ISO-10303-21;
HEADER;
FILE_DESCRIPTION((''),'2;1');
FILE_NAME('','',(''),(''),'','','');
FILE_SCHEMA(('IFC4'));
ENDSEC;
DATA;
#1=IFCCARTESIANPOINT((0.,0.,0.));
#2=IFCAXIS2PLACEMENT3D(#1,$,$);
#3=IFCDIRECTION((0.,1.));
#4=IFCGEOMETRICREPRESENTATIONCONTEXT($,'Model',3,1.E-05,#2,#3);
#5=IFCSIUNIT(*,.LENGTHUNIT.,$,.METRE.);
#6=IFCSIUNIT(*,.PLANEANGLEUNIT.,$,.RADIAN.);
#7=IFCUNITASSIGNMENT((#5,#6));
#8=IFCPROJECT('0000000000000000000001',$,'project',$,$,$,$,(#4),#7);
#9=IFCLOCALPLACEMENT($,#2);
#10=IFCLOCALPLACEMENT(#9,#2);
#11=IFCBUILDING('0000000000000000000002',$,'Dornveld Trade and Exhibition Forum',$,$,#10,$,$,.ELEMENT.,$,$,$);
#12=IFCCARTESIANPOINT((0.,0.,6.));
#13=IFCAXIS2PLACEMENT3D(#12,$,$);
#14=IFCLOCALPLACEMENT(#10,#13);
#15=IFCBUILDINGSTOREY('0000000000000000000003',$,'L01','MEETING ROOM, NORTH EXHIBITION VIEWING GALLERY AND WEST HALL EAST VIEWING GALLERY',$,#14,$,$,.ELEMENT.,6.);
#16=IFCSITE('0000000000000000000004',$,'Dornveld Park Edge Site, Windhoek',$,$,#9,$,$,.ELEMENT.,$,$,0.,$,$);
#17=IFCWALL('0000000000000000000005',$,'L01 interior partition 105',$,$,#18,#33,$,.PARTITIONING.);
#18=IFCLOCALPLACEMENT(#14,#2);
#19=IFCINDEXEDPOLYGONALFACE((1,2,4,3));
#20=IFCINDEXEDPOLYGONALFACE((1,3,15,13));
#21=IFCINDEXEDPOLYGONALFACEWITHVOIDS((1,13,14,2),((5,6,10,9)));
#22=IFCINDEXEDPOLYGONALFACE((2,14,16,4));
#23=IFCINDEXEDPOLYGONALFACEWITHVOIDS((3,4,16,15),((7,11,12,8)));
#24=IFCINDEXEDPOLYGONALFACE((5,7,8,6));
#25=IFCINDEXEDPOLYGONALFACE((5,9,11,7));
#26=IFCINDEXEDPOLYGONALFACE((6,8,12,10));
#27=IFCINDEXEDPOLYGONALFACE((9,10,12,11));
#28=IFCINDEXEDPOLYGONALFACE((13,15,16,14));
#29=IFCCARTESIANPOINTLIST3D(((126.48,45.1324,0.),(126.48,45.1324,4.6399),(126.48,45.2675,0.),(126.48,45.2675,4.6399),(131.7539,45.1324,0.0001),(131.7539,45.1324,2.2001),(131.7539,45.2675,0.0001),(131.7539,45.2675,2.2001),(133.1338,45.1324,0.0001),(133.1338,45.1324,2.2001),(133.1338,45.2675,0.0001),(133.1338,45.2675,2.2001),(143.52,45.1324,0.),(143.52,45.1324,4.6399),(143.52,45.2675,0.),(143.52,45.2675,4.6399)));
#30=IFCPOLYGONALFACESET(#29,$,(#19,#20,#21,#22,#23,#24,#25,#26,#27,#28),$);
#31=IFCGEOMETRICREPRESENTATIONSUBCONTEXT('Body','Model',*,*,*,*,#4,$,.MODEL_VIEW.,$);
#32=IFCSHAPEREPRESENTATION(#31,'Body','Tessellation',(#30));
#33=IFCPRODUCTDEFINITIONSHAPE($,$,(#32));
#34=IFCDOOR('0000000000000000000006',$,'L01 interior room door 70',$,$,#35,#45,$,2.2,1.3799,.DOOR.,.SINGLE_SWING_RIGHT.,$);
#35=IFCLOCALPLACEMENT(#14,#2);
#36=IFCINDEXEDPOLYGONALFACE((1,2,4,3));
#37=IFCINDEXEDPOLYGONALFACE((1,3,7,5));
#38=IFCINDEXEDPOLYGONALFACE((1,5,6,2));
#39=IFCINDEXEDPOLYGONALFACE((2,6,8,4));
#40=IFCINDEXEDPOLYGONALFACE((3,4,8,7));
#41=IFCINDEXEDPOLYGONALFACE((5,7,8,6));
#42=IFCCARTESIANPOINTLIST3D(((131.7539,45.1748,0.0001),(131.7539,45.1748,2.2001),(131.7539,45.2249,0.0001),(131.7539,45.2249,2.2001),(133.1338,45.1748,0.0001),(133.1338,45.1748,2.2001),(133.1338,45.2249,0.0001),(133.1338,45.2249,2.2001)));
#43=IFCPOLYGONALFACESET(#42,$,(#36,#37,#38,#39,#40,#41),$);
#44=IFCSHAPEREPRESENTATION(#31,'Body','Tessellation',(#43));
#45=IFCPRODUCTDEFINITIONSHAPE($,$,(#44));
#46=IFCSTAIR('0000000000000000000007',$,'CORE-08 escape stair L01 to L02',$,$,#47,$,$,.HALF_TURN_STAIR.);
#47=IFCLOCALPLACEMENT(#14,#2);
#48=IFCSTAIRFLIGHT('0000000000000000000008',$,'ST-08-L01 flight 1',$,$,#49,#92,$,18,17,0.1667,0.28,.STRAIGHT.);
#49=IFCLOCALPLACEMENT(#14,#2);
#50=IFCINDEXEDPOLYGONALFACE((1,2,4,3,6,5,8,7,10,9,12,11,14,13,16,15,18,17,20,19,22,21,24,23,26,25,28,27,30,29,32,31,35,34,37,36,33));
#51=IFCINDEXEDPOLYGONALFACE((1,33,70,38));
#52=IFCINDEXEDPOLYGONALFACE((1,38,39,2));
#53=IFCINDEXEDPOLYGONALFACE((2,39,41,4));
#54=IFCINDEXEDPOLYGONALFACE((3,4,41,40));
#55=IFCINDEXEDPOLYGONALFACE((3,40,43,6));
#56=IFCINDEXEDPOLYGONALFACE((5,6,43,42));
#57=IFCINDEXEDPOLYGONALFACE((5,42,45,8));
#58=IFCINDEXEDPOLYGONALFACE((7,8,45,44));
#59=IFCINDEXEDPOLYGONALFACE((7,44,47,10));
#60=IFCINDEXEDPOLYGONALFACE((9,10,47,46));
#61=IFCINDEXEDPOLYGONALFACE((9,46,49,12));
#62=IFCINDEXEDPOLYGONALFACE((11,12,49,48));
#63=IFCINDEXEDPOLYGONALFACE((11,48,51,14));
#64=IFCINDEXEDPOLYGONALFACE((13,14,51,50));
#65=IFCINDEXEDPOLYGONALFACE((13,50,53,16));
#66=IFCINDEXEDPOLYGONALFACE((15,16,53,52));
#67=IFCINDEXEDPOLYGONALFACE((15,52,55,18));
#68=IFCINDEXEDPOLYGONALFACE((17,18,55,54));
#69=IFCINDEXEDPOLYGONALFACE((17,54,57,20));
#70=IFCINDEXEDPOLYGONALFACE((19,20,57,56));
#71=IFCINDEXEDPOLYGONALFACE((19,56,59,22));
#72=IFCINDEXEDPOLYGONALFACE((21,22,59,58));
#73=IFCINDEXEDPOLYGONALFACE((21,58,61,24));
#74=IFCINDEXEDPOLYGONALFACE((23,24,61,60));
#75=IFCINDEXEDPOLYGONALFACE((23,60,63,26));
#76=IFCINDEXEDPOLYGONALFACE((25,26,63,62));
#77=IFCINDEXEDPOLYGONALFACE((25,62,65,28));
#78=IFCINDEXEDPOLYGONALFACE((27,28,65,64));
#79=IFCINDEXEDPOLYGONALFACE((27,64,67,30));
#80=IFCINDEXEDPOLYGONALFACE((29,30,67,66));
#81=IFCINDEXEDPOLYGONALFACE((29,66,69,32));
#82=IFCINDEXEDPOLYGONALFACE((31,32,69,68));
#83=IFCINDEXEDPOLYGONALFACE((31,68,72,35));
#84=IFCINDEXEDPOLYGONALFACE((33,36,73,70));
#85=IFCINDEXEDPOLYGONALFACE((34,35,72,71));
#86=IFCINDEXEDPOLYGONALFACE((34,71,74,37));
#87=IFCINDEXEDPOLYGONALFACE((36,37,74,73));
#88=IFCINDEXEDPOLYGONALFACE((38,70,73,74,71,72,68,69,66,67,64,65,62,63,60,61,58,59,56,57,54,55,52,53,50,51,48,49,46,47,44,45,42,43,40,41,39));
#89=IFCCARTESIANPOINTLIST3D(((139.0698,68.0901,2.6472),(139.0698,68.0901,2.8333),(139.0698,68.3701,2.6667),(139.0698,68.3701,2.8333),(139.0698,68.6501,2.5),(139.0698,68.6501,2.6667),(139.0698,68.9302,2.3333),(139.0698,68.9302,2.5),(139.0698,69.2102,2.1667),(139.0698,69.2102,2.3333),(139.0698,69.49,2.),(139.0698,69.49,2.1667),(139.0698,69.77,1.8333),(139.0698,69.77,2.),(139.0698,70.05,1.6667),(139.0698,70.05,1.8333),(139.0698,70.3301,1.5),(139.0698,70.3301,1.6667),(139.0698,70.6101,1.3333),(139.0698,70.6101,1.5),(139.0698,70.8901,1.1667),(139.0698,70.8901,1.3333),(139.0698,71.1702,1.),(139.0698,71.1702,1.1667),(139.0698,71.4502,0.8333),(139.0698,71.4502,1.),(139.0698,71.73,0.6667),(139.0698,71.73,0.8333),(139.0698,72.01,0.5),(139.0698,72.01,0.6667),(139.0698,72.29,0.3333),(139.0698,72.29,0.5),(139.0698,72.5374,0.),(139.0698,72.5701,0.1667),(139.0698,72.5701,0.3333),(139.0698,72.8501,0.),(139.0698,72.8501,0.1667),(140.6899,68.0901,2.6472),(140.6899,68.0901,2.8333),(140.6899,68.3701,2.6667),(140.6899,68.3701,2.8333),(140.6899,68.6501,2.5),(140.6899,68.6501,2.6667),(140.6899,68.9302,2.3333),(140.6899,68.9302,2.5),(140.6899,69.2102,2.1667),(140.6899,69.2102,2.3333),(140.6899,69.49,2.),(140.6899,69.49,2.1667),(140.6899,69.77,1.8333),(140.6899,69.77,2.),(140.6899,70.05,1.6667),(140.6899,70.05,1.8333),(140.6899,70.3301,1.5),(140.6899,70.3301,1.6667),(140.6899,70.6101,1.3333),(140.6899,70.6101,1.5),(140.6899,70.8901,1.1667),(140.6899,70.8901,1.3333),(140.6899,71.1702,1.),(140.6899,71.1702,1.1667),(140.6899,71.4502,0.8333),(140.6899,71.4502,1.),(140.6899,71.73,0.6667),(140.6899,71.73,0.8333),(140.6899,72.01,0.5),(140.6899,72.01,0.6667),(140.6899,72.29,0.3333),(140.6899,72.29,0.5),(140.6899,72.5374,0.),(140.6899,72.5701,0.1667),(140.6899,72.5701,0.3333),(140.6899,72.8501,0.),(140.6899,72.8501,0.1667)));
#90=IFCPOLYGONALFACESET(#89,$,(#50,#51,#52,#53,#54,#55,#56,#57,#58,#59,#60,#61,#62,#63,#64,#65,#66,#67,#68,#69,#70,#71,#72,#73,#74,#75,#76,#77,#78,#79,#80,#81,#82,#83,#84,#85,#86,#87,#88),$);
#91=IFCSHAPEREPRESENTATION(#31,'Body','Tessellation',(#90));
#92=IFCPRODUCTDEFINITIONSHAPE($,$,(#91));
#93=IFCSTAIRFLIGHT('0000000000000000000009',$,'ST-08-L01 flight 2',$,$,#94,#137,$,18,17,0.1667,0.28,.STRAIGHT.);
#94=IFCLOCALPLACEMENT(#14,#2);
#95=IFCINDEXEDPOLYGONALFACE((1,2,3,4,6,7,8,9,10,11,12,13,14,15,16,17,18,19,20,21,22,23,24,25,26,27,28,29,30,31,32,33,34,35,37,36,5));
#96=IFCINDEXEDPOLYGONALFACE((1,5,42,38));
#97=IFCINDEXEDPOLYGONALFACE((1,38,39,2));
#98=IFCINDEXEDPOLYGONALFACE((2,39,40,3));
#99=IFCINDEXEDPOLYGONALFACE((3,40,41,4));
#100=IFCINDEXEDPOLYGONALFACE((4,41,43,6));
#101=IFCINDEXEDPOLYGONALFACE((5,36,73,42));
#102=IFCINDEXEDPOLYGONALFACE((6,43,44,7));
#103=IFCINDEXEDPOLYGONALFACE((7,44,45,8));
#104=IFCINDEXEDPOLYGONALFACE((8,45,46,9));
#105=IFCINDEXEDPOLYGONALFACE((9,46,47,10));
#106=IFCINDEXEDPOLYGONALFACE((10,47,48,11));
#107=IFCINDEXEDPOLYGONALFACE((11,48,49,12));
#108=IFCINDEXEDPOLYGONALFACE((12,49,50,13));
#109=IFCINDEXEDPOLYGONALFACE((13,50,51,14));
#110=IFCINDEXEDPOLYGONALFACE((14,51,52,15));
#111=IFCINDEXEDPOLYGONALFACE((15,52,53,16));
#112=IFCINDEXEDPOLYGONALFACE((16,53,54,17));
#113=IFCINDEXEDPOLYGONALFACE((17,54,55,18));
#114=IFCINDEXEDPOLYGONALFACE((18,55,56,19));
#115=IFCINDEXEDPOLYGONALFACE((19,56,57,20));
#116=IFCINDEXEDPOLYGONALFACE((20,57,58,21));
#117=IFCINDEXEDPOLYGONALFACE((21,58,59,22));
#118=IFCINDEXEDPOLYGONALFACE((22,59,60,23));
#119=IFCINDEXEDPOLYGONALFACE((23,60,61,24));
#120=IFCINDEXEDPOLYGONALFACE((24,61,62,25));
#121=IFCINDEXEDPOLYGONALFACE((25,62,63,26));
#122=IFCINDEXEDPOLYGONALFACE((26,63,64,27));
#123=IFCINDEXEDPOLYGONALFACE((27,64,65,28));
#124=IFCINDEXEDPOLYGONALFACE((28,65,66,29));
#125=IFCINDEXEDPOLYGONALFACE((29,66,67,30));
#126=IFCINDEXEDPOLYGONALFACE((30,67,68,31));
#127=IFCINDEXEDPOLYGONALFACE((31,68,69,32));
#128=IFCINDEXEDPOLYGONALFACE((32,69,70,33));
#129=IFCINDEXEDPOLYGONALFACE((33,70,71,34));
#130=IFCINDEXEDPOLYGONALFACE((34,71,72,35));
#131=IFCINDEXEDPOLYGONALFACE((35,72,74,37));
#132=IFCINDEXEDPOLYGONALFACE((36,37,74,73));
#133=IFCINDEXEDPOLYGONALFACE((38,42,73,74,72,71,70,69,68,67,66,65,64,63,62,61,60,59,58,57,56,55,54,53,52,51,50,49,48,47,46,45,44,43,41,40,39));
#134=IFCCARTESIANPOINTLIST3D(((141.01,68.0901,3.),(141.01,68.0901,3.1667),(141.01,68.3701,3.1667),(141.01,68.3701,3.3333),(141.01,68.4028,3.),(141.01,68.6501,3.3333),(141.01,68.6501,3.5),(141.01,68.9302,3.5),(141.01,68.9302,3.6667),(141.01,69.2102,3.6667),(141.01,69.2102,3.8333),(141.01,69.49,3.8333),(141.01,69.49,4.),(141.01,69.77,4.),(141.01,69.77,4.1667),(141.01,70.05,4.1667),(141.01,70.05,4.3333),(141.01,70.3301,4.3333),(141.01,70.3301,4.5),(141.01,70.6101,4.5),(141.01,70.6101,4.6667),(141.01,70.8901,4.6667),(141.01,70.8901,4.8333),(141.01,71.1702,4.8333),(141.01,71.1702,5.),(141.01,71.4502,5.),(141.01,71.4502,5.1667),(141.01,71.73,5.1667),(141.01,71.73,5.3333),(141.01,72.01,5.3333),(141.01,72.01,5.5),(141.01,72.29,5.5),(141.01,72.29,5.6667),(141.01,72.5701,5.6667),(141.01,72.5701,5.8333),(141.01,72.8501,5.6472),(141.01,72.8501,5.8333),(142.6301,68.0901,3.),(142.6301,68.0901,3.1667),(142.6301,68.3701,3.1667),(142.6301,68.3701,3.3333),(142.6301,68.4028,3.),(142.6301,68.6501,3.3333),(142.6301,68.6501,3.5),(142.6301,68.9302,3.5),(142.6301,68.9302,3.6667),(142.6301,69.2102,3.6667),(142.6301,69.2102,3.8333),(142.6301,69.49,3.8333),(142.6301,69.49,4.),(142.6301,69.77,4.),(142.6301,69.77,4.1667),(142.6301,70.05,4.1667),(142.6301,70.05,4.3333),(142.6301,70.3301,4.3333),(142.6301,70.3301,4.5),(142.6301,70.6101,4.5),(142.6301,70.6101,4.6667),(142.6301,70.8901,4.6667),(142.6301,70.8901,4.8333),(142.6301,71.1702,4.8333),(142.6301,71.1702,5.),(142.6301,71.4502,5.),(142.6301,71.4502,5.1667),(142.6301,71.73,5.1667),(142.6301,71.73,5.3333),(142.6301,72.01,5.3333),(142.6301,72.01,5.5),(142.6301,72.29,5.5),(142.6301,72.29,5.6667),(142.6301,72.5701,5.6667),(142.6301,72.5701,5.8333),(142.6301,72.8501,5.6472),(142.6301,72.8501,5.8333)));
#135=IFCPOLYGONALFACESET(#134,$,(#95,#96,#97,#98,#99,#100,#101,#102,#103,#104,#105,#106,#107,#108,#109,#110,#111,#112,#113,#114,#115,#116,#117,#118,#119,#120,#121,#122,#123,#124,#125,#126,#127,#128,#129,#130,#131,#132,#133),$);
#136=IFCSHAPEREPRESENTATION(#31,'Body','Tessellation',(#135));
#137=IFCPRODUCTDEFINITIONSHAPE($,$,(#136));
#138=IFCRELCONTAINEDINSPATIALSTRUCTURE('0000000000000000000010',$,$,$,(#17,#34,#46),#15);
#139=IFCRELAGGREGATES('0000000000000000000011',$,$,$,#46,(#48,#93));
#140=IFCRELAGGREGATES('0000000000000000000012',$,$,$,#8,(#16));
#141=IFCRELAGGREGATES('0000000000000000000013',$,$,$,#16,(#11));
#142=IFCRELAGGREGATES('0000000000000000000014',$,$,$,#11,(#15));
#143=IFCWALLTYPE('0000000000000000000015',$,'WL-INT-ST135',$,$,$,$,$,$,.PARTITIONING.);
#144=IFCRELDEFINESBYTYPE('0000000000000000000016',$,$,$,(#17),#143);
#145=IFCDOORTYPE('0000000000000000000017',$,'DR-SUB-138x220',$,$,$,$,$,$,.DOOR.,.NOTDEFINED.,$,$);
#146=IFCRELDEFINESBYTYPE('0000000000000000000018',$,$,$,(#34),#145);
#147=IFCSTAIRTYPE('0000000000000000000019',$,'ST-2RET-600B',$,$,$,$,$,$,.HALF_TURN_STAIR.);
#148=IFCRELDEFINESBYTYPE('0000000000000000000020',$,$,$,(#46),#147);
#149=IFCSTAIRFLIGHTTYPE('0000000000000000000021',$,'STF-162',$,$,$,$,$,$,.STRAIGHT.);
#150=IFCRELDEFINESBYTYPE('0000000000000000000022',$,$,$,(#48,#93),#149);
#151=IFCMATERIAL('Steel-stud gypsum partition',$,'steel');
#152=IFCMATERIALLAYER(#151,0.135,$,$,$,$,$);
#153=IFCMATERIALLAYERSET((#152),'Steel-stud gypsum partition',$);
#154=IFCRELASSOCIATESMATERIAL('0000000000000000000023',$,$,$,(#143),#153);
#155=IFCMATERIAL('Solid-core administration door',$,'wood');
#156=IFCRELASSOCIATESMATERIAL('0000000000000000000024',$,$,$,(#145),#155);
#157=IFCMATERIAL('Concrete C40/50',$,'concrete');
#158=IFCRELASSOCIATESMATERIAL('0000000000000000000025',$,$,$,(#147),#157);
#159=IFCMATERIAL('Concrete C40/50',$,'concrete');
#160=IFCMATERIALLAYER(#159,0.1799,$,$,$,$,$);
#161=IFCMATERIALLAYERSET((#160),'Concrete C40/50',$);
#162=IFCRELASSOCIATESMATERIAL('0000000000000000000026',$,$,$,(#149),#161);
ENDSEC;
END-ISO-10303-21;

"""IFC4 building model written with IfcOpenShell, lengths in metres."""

from ifc_helpers import new_model, si_unit, direction, frame, frame_2d, origin, place, context, subcontext, project, spatial, polyline, rectangle, outline, extrude, material, layer, layer_set, type_object, element, fill, aggregate, save


model = new_model("IFC4")

# Units and contexts
model_context = context("Model", 3, precision=1e-05, world=origin(), true_north=direction((0.0, 1.0)))
body_context = subcontext(model_context, "Body", "Model", "MODEL_VIEW")
ifc_project = project(units=[si_unit("LENGTHUNIT", "METRE"), si_unit("PLANEANGLEUNIT", "RADIAN")], contexts=[model_context])

# Site, building, storey
site_placement = place(None, origin())
site = spatial("IfcSite", under=ifc_project, at=site_placement, Name="Dornveld Park Edge Site, Windhoek", CompositionType="ELEMENT", RefElevation=0.0)
building_placement = place(site_placement, origin())
building = spatial("IfcBuilding", under=site, at=building_placement, Name="Dornveld Trade and Exhibition Forum", CompositionType="ELEMENT")
storey_placement = place(building_placement, frame((0.0, 0.0, 6.0)))
storey = spatial("IfcBuildingStorey", under=building, at=storey_placement, Name="L01", Description="MEETING ROOM, NORTH EXHIBITION VIEWING GALLERY AND WEST HALL EAST VIEWING GALLERY", CompositionType="ELEMENT", Elevation=6.0)

# Wall, opening, door
ifc_material_1 = material(Name="Steel-stud gypsum partition", Category="steel")
ifc_layer_1 = layer(ifc_material_1, 0.135)
ifc_layer_set_1 = layer_set([ifc_layer_1], Name="Steel-stud gypsum partition")
wall_type_1 = type_object("IfcWallType", Name="WL-INT-ST135", PredefinedType="PARTITIONING", material=ifc_layer_set_1)
wall_1_placement = place(storey_placement, frame((126.48, 45.2, 0.0), z_axis=(0.0, 0.0, 1.0), x_axis=(1.0, 0.0, 0.0)))
wall_1 = element("IfcWall", 1, at=wall_1_placement, inside=storey, type_object=wall_type_1, Name="L01 interior partition 105", PredefinedType="PARTITIONING", context=body_context, shape_type="SweptSolid", body=[
    extrude(rectangle(XDim=17.04, YDim=0.135, at=frame_2d((8.52, 0.0))), origin(), (0.0, 0.0, 1.0), 4.6399),
])
opening_placement = place(wall_1_placement, frame((5.2739, 0.0, 0.0)))
opening = element("IfcOpeningElement", 2, at=opening_placement, cuts=wall_1, PredefinedType="OPENING", context=body_context, shape_type="SweptSolid", body=[
    extrude(rectangle(XDim=1.3799, YDim=2.2, at=frame_2d((0.6899, 1.1001))), frame((0.0, 0.0774, 0.0), z_axis=(0.0, -1.0, 0.0), x_axis=(1.0, 0.0, 0.0)), (0.0, 0.0, 1.0), 0.155),
])
ifc_material_2 = material(Name="Solid-core administration door", Category="wood")
door_type = type_object("IfcDoorType", Name="DR-SUB-138x220", OperationType="NOTDEFINED", PredefinedType="DOOR", material=ifc_material_2)
door_placement = place(opening_placement, origin())
door = element("IfcDoor", 3, at=door_placement, inside=storey, type_object=door_type, Name="L01 interior room door 70", OperationType="SINGLE_SWING_RIGHT", OverallHeight=2.2, OverallWidth=1.3799, PredefinedType="DOOR", context=body_context, shape_type="SweptSolid", body=[
    extrude(rectangle(XDim=1.3799, YDim=2.2, at=frame_2d((0.6899, 1.1001))), frame((0.0, 0.0249, 0.0), z_axis=(0.0, -1.0, 0.0), x_axis=(1.0, 0.0, 0.0)), (0.0, 0.0, 1.0), 0.05),
])
fill(opening, door)

# Stair, stair flights
ifc_material_3 = material(Name="Concrete C40/50", Category="concrete")
stair_type = type_object("IfcStairType", Name="ST-2RET-600B", PredefinedType="HALF_TURN_STAIR", material=ifc_material_3)
stair_placement = place(storey_placement, origin())
stair = element("IfcStair", 4, at=stair_placement, inside=storey, type_object=stair_type, Name="CORE-08 escape stair L01 to L02", PredefinedType="HALF_TURN_STAIR")
ifc_material_4 = material(Name="Concrete C40/50", Category="concrete")
ifc_layer_2 = layer(ifc_material_4, 0.1799)
ifc_layer_set_2 = layer_set([ifc_layer_2], Name="Concrete C40/50")
stair_flight_type = type_object("IfcStairFlightType", Name="STF-162", PredefinedType="STRAIGHT", material=ifc_layer_set_2)
stair_flight_1_placement = place(storey_placement, frame((139.8799, 72.8501, 0.0), z_axis=(0.0, 0.0, 1.0), x_axis=(0.0, -1.0, 0.0)))
stair_flight_1 = element("IfcStairFlight", 5, at=stair_flight_1_placement, type_object=stair_flight_type, Name="ST-08-L01 flight 1", NumberOfRisers=18, NumberOfTreads=17, PredefinedType="STRAIGHT", RiserHeight=0.1667, TreadLength=0.28, context=body_context, shape_type="SweptSolid", body=[
    extrude(outline(polyline([(0.0, 0.0), (0.0, 0.1667), (0.28, 0.1667), (0.28, 0.3333), (0.5601, 0.3333), (0.5601, 0.5), (0.8401, 0.5), (0.8401, 0.6667), (1.1201, 0.6667), (1.1201, 0.8333), (1.3999, 0.8333), (1.3999, 1.0), (1.6799, 1.0), (1.6799, 1.1667), (1.96, 1.1667), (1.96, 1.3333), (2.24, 1.3333), (2.24, 1.5), (2.52, 1.5), (2.52, 1.6667), (2.8, 1.6667), (2.8, 1.8333), (3.0801, 1.8333), (3.0801, 2.0), (3.3601, 2.0), (3.3601, 2.1667), (3.6399, 2.1667), (3.6399, 2.3333), (3.9199, 2.3333), (3.9199, 2.5), (4.2, 2.5), (4.2, 2.6667), (4.48, 2.6667), (4.48, 2.8333), (4.76, 2.8333), (4.76, 3.0), (4.76, 2.6472), (0.3127, 0.0), (0.0, 0.0)])), frame((0.0, 0.8101, 0.0), z_axis=(0.0, -1.0, 0.0), x_axis=(1.0, 0.0, 0.0)), (0.0, 0.0, 1.0), 1.6201),
])
stair_flight_2_placement = place(storey_placement, frame((141.8201, 68.0901, 3.0), z_axis=(0.0, 0.0, 1.0), x_axis=(0.0, 1.0, 0.0)))
stair_flight_2 = element("IfcStairFlight", 6, at=stair_flight_2_placement, type_object=stair_flight_type, Name="ST-08-L01 flight 2", NumberOfRisers=18, NumberOfTreads=17, PredefinedType="STRAIGHT", RiserHeight=0.1667, TreadLength=0.28, context=body_context, shape_type="SweptSolid", body=[
    extrude(outline(polyline([(0.0, 0.0), (0.0, 0.1667), (0.28, 0.1667), (0.28, 0.3333), (0.5601, 0.3333), (0.5601, 0.5), (0.8401, 0.5), (0.8401, 0.6667), (1.1201, 0.6667), (1.1201, 0.8333), (1.3999, 0.8333), (1.3999, 1.0), (1.6799, 1.0), (1.6799, 1.1667), (1.96, 1.1667), (1.96, 1.3333), (2.24, 1.3333), (2.24, 1.5), (2.52, 1.5), (2.52, 1.6667), (2.8, 1.6667), (2.8, 1.8333), (3.0801, 1.8333), (3.0801, 2.0), (3.3601, 2.0), (3.3601, 2.1667), (3.6399, 2.1667), (3.6399, 2.3333), (3.9199, 2.3333), (3.9199, 2.5), (4.2, 2.5), (4.2, 2.6667), (4.48, 2.6667), (4.48, 2.8333), (4.76, 2.8333), (4.76, 3.0), (4.76, 2.6472), (0.3127, 0.0), (0.0, 0.0)])), frame((0.0, 0.8101, 0.0), z_axis=(0.0, -1.0, 0.0), x_axis=(1.0, 0.0, 0.0)), (0.0, 0.0, 1.0), 1.6201),
])
aggregate(stair, [stair_flight_1, stair_flight_2])

save(model, "model.ifc")
